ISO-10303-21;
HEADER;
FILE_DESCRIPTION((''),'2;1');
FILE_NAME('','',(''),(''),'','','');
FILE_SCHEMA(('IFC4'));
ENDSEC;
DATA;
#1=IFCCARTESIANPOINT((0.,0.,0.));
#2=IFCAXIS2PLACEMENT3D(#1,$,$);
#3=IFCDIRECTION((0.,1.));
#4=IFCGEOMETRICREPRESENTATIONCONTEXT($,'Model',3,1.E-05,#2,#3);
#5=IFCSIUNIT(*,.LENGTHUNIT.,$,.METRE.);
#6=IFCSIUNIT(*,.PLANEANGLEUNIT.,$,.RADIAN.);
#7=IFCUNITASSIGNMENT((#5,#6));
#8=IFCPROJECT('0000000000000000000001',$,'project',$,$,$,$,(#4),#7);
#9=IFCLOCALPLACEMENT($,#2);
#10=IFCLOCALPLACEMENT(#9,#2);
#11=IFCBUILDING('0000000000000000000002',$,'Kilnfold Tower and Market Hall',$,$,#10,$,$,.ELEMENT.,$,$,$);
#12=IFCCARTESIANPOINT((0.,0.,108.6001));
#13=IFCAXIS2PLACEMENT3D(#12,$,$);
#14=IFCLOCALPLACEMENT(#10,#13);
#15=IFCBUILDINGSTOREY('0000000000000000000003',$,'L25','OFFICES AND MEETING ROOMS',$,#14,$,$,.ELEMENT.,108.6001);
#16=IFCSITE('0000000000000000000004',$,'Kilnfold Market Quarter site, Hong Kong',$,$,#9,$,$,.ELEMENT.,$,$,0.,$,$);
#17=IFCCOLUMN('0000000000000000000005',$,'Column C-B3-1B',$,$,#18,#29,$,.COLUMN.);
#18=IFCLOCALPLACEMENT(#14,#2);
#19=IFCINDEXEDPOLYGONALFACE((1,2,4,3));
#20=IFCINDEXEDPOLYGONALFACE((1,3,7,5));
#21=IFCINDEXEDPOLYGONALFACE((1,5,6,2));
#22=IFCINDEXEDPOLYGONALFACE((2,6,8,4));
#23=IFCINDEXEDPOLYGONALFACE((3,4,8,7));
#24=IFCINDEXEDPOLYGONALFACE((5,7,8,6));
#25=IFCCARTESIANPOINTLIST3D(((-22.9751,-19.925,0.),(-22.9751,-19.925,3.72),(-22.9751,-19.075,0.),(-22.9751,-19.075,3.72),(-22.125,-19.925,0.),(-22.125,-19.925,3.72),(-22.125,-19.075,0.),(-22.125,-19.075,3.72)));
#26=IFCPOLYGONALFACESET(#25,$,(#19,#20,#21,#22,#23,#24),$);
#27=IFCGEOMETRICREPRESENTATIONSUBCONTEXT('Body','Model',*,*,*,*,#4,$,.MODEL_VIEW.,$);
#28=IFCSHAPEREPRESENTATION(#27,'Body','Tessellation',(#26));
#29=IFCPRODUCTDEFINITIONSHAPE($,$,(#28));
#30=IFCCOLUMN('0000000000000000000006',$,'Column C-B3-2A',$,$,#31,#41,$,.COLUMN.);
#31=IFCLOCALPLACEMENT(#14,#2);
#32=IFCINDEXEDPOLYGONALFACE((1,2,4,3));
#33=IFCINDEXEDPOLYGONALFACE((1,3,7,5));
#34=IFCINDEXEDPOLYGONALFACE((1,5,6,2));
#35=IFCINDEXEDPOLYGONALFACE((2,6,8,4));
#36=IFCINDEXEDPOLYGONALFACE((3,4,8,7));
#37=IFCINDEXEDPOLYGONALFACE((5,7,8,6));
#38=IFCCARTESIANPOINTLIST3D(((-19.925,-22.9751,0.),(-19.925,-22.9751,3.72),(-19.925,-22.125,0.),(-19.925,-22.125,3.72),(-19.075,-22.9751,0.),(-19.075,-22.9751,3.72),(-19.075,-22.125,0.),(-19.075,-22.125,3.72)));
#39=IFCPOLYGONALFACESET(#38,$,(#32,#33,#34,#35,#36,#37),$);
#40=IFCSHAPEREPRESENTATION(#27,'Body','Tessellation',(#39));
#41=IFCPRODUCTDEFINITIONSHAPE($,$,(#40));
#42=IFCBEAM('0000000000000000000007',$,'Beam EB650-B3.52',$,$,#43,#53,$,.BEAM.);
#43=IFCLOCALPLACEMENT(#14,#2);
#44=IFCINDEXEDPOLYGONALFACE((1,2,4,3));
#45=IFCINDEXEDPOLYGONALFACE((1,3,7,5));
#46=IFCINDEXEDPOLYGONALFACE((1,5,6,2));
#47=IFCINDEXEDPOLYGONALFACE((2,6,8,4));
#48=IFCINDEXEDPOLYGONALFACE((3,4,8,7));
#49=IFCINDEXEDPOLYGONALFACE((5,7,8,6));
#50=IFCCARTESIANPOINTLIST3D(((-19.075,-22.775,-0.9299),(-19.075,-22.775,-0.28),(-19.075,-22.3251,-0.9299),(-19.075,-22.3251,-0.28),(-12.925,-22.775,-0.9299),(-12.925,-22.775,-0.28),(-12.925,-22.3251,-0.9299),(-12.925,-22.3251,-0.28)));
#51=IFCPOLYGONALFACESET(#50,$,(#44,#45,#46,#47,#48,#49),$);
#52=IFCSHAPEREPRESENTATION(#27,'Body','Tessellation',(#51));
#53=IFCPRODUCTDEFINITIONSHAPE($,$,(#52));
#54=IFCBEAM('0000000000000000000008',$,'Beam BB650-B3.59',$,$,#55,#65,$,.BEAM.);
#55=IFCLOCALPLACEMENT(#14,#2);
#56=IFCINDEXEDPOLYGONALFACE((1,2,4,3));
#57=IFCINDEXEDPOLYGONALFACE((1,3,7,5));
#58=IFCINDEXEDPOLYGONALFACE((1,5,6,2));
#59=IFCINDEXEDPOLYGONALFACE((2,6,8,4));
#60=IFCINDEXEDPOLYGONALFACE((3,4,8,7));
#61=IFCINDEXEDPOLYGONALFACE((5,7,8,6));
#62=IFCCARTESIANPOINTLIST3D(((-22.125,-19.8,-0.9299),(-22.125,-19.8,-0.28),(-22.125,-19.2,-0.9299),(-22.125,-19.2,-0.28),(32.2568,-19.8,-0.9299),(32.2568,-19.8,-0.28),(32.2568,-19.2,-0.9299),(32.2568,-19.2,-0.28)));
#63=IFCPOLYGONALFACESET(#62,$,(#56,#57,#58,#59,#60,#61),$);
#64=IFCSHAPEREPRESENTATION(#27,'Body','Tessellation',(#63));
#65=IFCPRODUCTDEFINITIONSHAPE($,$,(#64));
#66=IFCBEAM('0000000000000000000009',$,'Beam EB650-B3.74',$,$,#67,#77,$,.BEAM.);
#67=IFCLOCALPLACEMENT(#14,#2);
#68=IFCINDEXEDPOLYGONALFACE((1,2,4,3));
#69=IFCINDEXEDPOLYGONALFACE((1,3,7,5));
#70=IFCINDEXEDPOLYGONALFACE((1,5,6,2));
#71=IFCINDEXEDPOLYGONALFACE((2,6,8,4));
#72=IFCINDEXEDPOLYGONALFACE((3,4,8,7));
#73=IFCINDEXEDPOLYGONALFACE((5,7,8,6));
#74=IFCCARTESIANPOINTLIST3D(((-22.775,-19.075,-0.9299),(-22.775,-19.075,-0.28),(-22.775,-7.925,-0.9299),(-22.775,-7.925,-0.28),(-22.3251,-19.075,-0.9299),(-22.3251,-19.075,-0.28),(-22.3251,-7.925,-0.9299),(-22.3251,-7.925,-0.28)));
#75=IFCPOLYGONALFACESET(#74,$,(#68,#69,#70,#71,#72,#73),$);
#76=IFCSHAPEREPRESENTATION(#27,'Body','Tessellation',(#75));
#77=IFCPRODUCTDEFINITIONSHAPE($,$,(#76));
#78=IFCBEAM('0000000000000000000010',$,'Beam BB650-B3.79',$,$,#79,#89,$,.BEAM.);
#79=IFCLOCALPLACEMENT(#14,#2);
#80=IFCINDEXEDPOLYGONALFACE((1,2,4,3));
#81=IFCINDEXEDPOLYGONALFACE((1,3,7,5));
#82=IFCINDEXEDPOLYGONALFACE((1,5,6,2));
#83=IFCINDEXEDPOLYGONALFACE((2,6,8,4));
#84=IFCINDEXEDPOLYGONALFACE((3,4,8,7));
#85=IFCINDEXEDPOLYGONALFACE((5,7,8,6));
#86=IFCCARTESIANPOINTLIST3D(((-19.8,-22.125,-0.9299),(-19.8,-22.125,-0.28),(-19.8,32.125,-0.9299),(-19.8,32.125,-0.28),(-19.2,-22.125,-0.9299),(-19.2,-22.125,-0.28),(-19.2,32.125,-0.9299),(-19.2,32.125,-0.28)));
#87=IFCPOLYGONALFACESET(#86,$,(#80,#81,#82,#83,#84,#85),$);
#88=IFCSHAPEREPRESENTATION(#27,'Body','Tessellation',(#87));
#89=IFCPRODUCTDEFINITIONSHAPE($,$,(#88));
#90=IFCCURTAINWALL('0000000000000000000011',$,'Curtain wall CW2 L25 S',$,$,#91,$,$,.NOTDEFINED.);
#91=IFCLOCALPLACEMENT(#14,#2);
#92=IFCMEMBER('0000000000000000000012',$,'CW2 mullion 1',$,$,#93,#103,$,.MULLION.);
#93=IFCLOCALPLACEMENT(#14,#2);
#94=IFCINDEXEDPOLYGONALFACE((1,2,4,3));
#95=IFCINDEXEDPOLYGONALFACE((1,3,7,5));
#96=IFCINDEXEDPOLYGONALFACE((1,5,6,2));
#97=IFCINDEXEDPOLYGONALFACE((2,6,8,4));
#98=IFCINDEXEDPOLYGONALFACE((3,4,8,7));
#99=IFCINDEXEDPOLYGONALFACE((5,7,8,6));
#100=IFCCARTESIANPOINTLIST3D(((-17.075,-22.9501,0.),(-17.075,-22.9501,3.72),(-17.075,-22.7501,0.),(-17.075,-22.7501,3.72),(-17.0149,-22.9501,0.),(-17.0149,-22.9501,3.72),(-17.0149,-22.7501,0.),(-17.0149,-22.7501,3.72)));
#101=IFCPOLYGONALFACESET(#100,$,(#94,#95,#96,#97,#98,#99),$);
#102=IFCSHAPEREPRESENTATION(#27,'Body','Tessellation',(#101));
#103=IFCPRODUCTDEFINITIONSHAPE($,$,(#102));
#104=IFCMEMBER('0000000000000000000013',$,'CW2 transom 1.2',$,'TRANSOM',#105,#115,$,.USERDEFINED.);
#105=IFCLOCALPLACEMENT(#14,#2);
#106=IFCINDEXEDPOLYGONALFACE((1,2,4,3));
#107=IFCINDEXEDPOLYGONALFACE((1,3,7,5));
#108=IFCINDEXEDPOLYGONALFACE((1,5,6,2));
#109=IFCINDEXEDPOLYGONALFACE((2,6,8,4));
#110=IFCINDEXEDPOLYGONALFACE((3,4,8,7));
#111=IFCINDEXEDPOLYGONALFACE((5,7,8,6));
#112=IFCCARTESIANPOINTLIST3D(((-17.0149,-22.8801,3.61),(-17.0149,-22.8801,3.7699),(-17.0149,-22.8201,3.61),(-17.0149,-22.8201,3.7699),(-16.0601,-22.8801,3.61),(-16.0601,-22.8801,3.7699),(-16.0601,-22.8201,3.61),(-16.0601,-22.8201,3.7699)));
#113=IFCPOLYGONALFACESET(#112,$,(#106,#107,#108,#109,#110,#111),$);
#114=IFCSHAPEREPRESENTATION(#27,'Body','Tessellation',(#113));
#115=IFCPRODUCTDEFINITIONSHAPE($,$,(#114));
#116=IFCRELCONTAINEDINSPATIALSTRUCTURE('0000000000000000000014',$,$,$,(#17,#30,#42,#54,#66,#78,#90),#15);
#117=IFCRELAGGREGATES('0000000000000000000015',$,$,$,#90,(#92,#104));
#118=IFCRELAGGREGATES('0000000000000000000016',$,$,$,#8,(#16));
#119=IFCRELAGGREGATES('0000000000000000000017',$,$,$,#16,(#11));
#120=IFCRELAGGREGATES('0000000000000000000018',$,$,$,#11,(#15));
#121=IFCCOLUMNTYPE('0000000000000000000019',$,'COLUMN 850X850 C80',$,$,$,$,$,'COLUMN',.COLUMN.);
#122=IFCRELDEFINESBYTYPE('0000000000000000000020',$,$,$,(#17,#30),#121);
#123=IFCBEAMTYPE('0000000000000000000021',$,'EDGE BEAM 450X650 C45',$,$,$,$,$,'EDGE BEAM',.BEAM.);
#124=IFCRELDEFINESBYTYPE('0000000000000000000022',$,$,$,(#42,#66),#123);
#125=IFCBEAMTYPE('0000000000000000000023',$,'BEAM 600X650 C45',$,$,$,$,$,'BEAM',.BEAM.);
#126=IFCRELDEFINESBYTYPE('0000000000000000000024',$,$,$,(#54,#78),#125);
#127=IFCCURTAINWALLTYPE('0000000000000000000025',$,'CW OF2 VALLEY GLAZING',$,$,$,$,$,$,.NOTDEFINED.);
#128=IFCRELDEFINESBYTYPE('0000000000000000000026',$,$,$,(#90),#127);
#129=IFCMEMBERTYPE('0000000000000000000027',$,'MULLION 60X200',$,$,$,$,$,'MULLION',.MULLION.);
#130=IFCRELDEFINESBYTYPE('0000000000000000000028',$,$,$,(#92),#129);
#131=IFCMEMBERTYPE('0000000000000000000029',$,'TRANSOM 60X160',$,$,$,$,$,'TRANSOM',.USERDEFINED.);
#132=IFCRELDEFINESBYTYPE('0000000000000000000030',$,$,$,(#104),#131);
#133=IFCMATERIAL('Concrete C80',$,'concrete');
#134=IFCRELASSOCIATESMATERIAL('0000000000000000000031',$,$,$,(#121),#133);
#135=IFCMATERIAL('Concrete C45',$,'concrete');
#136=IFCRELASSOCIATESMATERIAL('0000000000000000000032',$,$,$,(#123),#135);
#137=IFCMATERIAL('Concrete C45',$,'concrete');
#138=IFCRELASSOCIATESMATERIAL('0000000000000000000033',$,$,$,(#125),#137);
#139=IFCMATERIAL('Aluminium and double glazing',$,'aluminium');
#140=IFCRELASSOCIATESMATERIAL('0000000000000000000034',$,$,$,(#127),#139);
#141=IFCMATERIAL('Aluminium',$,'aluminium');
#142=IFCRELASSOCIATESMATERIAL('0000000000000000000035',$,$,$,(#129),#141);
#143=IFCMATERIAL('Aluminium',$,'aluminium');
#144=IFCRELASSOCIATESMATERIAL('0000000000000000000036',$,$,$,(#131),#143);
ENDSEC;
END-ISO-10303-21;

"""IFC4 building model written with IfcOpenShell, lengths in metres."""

from ifc_helpers import new_model, si_unit, direction, frame, origin, origin_2d, place, context, subcontext, project, spatial, rectangle, extrude, source, transform, mapped, material, material_profile, profile_set, type_object, element, aggregate, save


model = new_model("IFC4")

# Units and contexts
model_context = context("Model", 3, precision=1e-05, world=origin(), true_north=direction((0.0, 1.0)))
body_context = subcontext(model_context, "Body", "Model", "MODEL_VIEW")
ifc_project = project(units=[si_unit("LENGTHUNIT", "METRE"), si_unit("PLANEANGLEUNIT", "RADIAN")], contexts=[model_context])

# Site, building, storey
site_placement = place(None, origin())
site = spatial("IfcSite", under=ifc_project, at=site_placement, Name="Kilnfold Market Quarter site, Hong Kong", CompositionType="ELEMENT", RefElevation=0.0)
building_placement = place(site_placement, origin())
building = spatial("IfcBuilding", under=site, at=building_placement, Name="Kilnfold Tower and Market Hall", CompositionType="ELEMENT")
storey_placement = place(building_placement, frame((0.0, 0.0, 108.6001)))
storey = spatial("IfcBuildingStorey", under=building, at=storey_placement, Name="L25", Description="OFFICES AND MEETING ROOMS", CompositionType="ELEMENT", Elevation=108.6001)

# Columns
ifc_material_1 = material(Name="Concrete C80", Category="concrete")
ifc_material_profile_1 = material_profile(ifc_material_1, rectangle(XDim=0.8501, YDim=0.8501, at=origin_2d()), Name="RC 850x850")
ifc_profile_set_1 = profile_set([ifc_material_profile_1], Name="Concrete C80")
column_type = type_object("IfcColumnType", Name="COLUMN 850X850 C80", ElementType="COLUMN", PredefinedType="COLUMN", material=ifc_profile_set_1)
shared_shape_1 = source(origin(), body_context, "Body", "SweptSolid", [
    extrude(rectangle(XDim=0.8501, YDim=0.8501, at=origin_2d()), origin(), (0.0, 0.0, 1.0), 3.72),
])
for number, where, z_axis, x_axis, name in (
    (1, (-22.55, -19.5, 0.0), (0.0, 0.0, 1.0), (1.0, 0.0, 0.0), "Column C-B3-1B"),
    (2, (-19.5, -22.55, 0.0), (0.0, 0.0, 1.0), (1.0, 0.0, 0.0), "Column C-B3-2A"),
):
    element("IfcColumn", number, at=place(storey_placement, frame(where, z_axis=z_axis, x_axis=x_axis)), inside=storey, type_object=column_type, Name=name, PredefinedType="COLUMN", context=body_context, shape_type="MappedRepresentation", body=[
        mapped(shared_shape_1, transform((0.0, 0.0, 0.0))),
    ])

# Beams
ifc_material_2 = material(Name="Concrete C45", Category="concrete")
ifc_material_profile_2 = material_profile(ifc_material_2, rectangle(XDim=0.45, YDim=0.6499, at=origin_2d()), Name="RC 450x650")
ifc_profile_set_2 = profile_set([ifc_material_profile_2], Name="Concrete C45")
beam_type_1 = type_object("IfcBeamType", Name="EDGE BEAM 450X650 C45", ElementType="EDGE BEAM", PredefinedType="BEAM", material=ifc_profile_set_2)
shared_shape_2 = source(origin(), body_context, "Body", "SweptSolid", [
    extrude(rectangle(XDim=0.45, YDim=0.6499, at=origin_2d()), origin(), (0.0, 0.0, 1.0), 6.1499),
])
beam_1_placement = place(storey_placement, frame((-19.075, -22.55, -0.605), z_axis=(1.0, 0.0, 0.0), x_axis=(0.0, 1.0, 0.0)))
element("IfcBeam", 3, at=beam_1_placement, inside=storey, type_object=beam_type_1, Name="Beam EB650-B3.52", PredefinedType="BEAM", context=body_context, shape_type="MappedRepresentation", body=[
    mapped(shared_shape_2, transform((0.0, 0.0, 0.0))),
])
ifc_material_3 = material(Name="Concrete C45", Category="concrete")
ifc_material_profile_3 = material_profile(ifc_material_3, rectangle(XDim=0.6001, YDim=0.6499, at=origin_2d()), Name="RC 600x650")
ifc_profile_set_3 = profile_set([ifc_material_profile_3], Name="Concrete C45")
beam_type_2 = type_object("IfcBeamType", Name="BEAM 600X650 C45", ElementType="BEAM", PredefinedType="BEAM", material=ifc_profile_set_3)
shared_shape_3 = source(origin(), body_context, "Body", "SweptSolid", [
    extrude(rectangle(XDim=0.6001, YDim=0.6499, at=origin_2d()), origin(), (0.0, 0.0, 1.0), 54.3818),
])
beam_2_placement = place(storey_placement, frame((-22.125, -19.5, -0.605), z_axis=(1.0, 0.0, 0.0), x_axis=(0.0, 1.0, 0.0)))
element("IfcBeam", 4, at=beam_2_placement, inside=storey, type_object=beam_type_2, Name="Beam BB650-B3.59", PredefinedType="BEAM", context=body_context, shape_type="MappedRepresentation", body=[
    mapped(shared_shape_3, transform((0.0, 0.0, 0.0))),
])
shared_shape_4 = source(origin(), body_context, "Body", "SweptSolid", [
    extrude(rectangle(XDim=0.45, YDim=0.6499, at=origin_2d()), origin(), (0.0, 0.0, 1.0), 11.1499),
])
beam_3_placement = place(storey_placement, frame((-22.55, -19.075, -0.605), z_axis=(0.0, 1.0, 0.0), x_axis=(-1.0, 0.0, 0.0)))
element("IfcBeam", 5, at=beam_3_placement, inside=storey, type_object=beam_type_1, Name="Beam EB650-B3.74", PredefinedType="BEAM", context=body_context, shape_type="MappedRepresentation", body=[
    mapped(shared_shape_4, transform((0.0, 0.0, 0.0))),
])
shared_shape_5 = source(origin(), body_context, "Body", "SweptSolid", [
    extrude(rectangle(XDim=0.6001, YDim=0.6499, at=origin_2d()), origin(), (0.0, 0.0, 1.0), 54.25),
])
beam_4_placement = place(storey_placement, frame((-19.5, -22.125, -0.605), z_axis=(0.0, 1.0, 0.0), x_axis=(-1.0, 0.0, 0.0)))
element("IfcBeam", 6, at=beam_4_placement, inside=storey, type_object=beam_type_2, Name="Beam BB650-B3.79", PredefinedType="BEAM", context=body_context, shape_type="MappedRepresentation", body=[
    mapped(shared_shape_5, transform((0.0, 0.0, 0.0))),
])

# Curtain wall, members
ifc_material_4 = material(Name="Aluminium and double glazing", Category="aluminium")
curtain_wall_type = type_object("IfcCurtainWallType", Name="CW OF2 VALLEY GLAZING", PredefinedType="NOTDEFINED", material=ifc_material_4)
curtain_wall_placement = place(storey_placement, origin())
curtain_wall = element("IfcCurtainWall", 7, at=curtain_wall_placement, inside=storey, type_object=curtain_wall_type, Name="Curtain wall CW2 L25 S", PredefinedType="NOTDEFINED")
ifc_material_5 = material(Name="Aluminium", Category="aluminium")
ifc_material_profile_4 = material_profile(ifc_material_5, rectangle(XDim=0.0601, YDim=0.2, at=origin_2d()), Name="MULLION 60x200")
ifc_profile_set_4 = profile_set([ifc_material_profile_4], Name="Aluminium")
member_type_1 = type_object("IfcMemberType", Name="MULLION 60X200", ElementType="MULLION", PredefinedType="MULLION", material=ifc_profile_set_4)
shared_shape_6 = source(origin(), body_context, "Body", "SweptSolid", [
    extrude(rectangle(XDim=0.0601, YDim=0.2, at=origin_2d()), origin(), (0.0, 0.0, 1.0), 3.72),
])
member_1_placement = place(storey_placement, frame((-17.0449, -22.8501, 0.0), z_axis=(0.0, 0.0, 1.0), x_axis=(1.0, 0.0, 0.0)))
member_1 = element("IfcMember", 8, at=member_1_placement, type_object=member_type_1, Name="CW2 mullion 1", PredefinedType="MULLION", context=body_context, shape_type="MappedRepresentation", body=[
    mapped(shared_shape_6, transform((0.0, 0.0, 0.0))),
])
ifc_material_6 = material(Name="Aluminium", Category="aluminium")
ifc_material_profile_5 = material_profile(ifc_material_6, rectangle(XDim=0.0601, YDim=0.1599, at=origin_2d()), Name="TRANSOM 60x160")
ifc_profile_set_5 = profile_set([ifc_material_profile_5], Name="Aluminium")
member_type_2 = type_object("IfcMemberType", Name="TRANSOM 60X160", ElementType="TRANSOM", PredefinedType="USERDEFINED", material=ifc_profile_set_5)
shared_shape_7 = source(origin(), body_context, "Body", "SweptSolid", [
    extrude(rectangle(XDim=0.0601, YDim=0.1599, at=origin_2d()), origin(), (0.0, 0.0, 1.0), 0.9548),
])
member_2_placement = place(storey_placement, frame((-17.0149, -22.8501, 3.6899), z_axis=(1.0, 0.0, 0.0), x_axis=(0.0, 1.0, 0.0)))
member_2 = element("IfcMember", 9, at=member_2_placement, type_object=member_type_2, Name="CW2 transom 1.2", ObjectType="TRANSOM", PredefinedType="USERDEFINED", context=body_context, shape_type="MappedRepresentation", body=[
    mapped(shared_shape_7, transform((0.0, 0.0, 0.0))),
])
aggregate(curtain_wall, [member_1, member_2])

save(model, "model.ifc")
